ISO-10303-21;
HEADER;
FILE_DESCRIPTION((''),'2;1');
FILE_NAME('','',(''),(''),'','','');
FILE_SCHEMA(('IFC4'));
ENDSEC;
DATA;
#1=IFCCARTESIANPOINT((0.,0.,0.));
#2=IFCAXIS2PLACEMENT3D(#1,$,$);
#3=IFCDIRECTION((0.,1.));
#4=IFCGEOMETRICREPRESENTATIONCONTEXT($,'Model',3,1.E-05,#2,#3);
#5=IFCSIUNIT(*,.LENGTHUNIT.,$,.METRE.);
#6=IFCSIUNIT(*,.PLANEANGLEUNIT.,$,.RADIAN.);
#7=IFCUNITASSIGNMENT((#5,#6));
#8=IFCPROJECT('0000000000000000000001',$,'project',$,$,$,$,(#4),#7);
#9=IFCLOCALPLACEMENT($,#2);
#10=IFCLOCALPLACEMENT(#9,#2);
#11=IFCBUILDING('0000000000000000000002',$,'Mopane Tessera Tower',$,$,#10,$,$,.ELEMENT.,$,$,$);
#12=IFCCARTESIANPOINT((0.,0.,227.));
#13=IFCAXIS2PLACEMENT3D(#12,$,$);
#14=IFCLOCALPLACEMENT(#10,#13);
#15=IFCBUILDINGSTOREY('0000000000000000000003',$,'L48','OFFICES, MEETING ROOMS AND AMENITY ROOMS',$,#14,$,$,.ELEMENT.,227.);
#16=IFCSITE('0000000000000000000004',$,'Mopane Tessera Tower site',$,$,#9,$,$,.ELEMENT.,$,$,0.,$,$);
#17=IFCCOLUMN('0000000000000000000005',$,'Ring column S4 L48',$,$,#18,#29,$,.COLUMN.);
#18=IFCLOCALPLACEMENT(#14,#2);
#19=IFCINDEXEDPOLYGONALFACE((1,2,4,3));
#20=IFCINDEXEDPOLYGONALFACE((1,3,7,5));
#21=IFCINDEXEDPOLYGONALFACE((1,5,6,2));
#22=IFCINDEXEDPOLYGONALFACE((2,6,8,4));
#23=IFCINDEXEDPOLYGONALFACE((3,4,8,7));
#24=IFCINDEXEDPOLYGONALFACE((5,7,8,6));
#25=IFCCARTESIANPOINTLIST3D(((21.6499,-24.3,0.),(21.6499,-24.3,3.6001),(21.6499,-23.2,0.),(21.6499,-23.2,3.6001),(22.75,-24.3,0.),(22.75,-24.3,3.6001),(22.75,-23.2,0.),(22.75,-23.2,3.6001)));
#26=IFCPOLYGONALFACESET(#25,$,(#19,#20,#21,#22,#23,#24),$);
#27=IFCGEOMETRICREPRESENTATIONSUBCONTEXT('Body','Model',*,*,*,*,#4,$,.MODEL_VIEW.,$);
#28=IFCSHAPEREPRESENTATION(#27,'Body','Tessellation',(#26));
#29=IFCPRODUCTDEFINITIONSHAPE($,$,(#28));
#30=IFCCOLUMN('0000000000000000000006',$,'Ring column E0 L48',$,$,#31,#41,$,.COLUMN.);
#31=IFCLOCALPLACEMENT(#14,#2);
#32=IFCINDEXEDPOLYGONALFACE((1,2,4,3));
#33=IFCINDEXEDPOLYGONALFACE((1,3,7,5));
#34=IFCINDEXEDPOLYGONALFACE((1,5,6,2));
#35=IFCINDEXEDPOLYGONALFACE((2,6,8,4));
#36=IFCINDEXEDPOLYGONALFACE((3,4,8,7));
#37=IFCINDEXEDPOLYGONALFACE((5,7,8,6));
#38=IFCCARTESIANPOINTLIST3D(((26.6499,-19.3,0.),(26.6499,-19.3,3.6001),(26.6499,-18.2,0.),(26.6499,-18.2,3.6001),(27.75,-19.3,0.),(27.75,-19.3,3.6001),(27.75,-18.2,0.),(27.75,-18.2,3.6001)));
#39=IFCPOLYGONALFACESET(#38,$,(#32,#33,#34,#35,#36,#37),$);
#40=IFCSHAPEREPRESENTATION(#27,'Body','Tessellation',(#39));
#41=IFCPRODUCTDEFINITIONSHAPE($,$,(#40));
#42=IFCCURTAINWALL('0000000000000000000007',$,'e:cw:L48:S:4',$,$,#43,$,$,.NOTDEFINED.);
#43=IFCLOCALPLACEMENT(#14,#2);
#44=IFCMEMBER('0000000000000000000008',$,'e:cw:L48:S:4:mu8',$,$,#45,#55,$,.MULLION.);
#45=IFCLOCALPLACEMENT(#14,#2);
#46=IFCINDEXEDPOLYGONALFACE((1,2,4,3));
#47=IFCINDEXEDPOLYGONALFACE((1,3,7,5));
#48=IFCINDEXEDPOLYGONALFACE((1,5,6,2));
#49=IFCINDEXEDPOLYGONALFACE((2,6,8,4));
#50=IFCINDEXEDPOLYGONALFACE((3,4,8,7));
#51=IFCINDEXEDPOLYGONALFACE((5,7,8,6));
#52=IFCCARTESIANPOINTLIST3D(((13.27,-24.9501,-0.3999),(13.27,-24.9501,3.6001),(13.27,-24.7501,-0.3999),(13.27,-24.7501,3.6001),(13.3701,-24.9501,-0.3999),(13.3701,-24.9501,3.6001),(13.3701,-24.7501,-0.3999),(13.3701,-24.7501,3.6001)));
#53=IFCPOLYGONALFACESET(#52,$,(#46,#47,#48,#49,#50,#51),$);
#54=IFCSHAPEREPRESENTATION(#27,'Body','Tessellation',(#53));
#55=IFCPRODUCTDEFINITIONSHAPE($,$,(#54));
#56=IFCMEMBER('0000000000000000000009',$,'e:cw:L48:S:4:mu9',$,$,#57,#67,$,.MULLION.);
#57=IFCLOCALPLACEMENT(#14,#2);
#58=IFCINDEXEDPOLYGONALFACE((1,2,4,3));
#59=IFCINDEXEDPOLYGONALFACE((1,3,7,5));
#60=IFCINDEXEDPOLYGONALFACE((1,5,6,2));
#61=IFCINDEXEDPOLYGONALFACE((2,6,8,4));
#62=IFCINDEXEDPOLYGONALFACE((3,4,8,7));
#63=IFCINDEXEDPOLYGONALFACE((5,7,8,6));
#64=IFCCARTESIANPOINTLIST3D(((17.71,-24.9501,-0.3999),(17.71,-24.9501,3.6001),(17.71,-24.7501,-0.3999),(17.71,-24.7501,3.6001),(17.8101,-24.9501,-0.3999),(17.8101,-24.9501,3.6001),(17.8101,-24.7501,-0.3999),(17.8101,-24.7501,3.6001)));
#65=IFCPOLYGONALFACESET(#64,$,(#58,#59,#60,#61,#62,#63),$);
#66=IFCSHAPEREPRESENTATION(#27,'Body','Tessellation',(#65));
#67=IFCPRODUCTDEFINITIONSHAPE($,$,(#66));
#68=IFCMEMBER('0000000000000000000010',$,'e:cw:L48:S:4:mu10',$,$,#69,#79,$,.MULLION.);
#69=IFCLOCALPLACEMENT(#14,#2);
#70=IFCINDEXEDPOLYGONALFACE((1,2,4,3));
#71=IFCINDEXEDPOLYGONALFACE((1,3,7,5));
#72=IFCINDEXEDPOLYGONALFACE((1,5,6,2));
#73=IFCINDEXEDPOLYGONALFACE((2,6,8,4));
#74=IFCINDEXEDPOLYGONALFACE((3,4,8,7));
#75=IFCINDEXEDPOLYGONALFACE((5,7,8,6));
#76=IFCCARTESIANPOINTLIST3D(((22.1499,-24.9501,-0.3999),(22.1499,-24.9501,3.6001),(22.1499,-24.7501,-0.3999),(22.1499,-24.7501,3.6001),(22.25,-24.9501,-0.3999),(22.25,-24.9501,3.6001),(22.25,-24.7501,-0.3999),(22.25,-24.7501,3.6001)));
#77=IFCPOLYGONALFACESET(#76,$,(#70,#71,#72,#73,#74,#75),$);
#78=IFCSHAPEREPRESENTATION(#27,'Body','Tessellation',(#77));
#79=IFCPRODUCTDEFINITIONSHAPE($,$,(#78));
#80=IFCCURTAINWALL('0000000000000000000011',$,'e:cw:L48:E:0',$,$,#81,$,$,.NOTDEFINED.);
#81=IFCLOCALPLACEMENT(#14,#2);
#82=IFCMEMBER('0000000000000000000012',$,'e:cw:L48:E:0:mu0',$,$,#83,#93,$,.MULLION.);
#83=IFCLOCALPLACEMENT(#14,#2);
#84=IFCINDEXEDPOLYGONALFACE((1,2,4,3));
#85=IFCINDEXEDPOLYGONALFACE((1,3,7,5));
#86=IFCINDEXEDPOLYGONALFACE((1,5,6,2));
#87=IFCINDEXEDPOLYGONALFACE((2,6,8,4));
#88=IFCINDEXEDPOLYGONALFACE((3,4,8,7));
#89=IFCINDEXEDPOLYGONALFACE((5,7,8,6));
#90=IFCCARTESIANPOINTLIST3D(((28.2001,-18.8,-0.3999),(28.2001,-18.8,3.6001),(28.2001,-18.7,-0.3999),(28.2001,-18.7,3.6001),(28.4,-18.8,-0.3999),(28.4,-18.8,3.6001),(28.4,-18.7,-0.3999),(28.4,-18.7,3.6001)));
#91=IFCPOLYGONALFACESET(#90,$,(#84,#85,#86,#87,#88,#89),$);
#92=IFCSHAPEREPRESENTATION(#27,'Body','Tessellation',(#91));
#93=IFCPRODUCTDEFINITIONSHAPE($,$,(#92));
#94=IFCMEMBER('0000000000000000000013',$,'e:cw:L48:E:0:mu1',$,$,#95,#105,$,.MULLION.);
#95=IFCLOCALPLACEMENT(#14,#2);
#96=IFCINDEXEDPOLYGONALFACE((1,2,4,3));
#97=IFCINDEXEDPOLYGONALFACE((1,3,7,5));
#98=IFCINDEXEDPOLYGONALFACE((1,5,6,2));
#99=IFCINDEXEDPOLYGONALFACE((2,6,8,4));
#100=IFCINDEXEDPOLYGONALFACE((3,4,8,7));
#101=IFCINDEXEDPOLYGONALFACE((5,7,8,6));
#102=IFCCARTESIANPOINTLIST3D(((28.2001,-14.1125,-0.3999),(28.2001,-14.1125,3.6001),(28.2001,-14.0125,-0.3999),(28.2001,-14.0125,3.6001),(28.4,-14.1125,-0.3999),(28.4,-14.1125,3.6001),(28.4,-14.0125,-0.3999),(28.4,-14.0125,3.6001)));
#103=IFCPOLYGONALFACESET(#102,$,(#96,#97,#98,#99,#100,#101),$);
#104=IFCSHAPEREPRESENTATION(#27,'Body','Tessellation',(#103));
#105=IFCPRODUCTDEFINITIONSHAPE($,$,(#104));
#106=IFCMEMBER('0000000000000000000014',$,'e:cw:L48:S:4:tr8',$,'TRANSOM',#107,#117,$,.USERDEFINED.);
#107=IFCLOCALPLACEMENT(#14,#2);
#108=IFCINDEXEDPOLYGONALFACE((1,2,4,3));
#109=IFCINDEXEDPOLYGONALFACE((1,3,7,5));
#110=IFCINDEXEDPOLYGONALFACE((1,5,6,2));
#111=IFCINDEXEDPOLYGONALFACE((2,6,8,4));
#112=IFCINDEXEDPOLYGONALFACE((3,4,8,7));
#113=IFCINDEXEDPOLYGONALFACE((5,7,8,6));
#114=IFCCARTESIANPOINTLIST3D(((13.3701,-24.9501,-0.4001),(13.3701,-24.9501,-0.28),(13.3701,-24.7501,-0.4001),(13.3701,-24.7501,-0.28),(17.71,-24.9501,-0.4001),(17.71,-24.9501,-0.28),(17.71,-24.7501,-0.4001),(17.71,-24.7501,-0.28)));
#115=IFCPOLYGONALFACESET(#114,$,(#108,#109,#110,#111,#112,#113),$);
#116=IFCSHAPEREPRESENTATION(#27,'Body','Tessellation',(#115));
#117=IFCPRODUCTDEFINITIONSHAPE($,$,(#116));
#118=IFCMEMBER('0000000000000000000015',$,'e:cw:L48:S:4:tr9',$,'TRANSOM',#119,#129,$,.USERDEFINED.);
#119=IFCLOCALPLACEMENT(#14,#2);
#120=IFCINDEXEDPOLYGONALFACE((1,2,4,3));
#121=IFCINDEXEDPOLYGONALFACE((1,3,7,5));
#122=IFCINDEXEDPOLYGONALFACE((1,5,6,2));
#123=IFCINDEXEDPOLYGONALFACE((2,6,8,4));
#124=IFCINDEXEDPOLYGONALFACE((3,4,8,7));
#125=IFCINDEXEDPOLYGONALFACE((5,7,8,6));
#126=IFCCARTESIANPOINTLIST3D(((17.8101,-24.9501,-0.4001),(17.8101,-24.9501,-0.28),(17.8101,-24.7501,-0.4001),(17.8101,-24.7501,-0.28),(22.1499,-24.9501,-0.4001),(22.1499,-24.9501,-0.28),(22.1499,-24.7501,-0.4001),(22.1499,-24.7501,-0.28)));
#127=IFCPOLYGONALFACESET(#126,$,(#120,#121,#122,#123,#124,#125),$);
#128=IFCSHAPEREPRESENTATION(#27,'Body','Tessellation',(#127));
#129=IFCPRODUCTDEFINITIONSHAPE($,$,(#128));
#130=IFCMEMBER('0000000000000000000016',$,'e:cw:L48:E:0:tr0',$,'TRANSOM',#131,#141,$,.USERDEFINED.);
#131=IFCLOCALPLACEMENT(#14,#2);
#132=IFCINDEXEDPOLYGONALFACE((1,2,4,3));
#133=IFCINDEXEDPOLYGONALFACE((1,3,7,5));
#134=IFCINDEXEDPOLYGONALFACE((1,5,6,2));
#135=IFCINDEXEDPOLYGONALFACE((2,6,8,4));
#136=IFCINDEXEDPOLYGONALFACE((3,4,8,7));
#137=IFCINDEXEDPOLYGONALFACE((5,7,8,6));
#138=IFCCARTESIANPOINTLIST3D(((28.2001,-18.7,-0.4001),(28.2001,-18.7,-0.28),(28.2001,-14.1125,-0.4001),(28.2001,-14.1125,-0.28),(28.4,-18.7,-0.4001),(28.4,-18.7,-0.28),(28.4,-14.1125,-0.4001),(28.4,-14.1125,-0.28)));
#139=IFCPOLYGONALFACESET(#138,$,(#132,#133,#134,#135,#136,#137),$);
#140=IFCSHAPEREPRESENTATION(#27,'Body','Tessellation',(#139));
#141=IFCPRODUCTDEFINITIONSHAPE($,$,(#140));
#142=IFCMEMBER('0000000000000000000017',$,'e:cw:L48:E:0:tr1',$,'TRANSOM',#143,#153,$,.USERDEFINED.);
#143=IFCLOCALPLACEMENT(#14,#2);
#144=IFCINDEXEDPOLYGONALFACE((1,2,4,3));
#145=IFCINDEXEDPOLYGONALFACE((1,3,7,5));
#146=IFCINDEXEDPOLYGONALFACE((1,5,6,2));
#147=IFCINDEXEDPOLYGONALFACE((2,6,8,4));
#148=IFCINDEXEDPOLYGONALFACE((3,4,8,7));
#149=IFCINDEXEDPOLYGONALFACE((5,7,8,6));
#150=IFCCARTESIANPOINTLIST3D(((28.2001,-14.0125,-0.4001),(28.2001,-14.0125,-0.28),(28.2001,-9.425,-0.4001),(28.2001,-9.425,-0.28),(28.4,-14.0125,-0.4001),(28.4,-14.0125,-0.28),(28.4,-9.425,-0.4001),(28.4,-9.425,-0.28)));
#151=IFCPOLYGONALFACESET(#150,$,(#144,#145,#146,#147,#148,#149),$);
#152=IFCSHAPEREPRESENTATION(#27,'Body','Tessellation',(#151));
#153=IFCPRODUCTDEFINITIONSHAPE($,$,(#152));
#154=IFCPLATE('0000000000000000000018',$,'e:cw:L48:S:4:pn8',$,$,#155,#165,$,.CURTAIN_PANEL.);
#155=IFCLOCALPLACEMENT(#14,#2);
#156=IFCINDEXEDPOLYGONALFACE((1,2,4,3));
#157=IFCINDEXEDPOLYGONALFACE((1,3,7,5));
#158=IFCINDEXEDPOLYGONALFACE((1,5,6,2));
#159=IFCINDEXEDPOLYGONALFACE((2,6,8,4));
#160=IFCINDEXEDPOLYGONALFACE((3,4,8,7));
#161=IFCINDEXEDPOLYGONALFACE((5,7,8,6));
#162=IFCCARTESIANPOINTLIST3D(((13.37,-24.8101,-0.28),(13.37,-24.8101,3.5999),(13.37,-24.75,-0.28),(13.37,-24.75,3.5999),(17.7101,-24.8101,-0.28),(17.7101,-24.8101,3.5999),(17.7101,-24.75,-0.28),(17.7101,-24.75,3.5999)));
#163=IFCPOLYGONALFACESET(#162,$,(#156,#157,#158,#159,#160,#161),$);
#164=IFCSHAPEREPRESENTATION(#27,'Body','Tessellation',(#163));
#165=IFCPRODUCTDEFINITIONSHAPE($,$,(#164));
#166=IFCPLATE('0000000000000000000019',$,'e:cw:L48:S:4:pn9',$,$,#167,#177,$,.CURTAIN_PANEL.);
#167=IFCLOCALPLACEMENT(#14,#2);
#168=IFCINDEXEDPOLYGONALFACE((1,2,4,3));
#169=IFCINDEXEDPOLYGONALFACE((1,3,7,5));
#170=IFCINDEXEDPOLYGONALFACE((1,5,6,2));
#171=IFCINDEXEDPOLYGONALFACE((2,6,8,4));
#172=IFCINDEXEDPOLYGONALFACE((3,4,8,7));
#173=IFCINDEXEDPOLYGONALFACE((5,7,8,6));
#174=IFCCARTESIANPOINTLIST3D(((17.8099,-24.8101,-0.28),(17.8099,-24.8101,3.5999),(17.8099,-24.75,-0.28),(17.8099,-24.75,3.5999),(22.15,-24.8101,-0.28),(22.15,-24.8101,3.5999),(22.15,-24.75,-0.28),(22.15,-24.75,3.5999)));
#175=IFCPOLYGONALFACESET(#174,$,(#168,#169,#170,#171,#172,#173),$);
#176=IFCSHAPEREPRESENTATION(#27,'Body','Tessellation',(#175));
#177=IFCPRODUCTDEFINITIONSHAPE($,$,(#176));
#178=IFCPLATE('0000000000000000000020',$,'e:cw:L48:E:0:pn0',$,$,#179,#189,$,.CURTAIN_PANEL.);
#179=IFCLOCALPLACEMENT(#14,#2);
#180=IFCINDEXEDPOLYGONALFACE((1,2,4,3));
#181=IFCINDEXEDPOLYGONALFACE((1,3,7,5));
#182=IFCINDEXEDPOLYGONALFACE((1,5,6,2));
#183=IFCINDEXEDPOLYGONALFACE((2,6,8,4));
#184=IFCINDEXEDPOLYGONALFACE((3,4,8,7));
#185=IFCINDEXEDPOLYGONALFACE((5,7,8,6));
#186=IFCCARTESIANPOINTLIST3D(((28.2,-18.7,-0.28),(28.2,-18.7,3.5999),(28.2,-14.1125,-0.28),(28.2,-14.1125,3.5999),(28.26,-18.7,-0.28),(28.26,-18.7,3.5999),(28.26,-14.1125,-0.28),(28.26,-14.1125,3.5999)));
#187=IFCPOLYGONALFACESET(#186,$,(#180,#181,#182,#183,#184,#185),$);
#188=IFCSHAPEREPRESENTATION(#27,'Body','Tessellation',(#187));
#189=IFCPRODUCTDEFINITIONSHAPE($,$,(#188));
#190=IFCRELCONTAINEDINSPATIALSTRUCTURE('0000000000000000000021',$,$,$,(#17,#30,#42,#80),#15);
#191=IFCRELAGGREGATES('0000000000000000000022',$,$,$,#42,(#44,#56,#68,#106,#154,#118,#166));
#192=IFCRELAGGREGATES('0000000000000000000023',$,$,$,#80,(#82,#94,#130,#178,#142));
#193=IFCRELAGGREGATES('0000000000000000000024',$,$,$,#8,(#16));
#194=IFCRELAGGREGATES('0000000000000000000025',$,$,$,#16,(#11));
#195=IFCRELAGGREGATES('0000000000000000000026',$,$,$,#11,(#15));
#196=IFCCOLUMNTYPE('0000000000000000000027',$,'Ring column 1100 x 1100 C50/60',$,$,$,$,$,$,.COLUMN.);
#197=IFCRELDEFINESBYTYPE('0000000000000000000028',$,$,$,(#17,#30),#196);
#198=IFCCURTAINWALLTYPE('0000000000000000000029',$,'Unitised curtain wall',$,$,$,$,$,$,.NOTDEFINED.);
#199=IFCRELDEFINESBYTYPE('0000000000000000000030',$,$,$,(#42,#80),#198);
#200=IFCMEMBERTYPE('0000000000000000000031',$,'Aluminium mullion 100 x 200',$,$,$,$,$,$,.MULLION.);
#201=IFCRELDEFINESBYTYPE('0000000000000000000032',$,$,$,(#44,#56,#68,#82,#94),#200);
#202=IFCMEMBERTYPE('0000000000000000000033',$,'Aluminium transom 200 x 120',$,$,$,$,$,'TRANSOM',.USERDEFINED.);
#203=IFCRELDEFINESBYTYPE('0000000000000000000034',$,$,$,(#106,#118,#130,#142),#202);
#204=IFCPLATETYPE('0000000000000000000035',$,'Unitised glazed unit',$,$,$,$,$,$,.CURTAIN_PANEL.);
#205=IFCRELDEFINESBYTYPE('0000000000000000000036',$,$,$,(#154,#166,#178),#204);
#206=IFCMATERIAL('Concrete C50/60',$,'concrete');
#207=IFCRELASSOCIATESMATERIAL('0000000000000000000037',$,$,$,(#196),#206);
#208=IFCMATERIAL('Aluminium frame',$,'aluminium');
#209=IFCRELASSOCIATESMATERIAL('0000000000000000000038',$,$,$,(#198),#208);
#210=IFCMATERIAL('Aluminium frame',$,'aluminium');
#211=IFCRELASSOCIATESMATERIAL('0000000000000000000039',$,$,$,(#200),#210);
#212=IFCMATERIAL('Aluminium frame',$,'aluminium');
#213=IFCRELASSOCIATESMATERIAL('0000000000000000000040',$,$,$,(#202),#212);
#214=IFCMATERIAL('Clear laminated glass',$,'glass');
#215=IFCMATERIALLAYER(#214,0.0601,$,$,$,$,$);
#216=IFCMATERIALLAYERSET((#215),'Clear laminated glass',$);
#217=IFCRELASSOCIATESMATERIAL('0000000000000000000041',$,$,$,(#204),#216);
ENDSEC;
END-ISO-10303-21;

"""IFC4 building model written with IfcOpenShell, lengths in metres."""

from ifc_helpers import new_model, si_unit, direction, frame, origin, origin_2d, place, context, subcontext, project, spatial, rectangle, extrude, material, layer, layer_set, material_profile, profile_set, type_object, element, aggregate, save


model = new_model("IFC4")

# Units and contexts
model_context = context("Model", 3, precision=1e-05, world=origin(), true_north=direction((0.0, 1.0)))
body_context = subcontext(model_context, "Body", "Model", "MODEL_VIEW")
ifc_project = project(units=[si_unit("LENGTHUNIT", "METRE"), si_unit("PLANEANGLEUNIT", "RADIAN")], contexts=[model_context])

# Site, building, storey
site_placement = place(None, origin())
site = spatial("IfcSite", under=ifc_project, at=site_placement, Name="Mopane Tessera Tower site", CompositionType="ELEMENT", RefElevation=0.0)
building_placement = place(site_placement, origin())
building = spatial("IfcBuilding", under=site, at=building_placement, Name="Mopane Tessera Tower", CompositionType="ELEMENT")
storey_placement = place(building_placement, frame((0.0, 0.0, 227.0)))
storey = spatial("IfcBuildingStorey", under=building, at=storey_placement, Name="L48", Description="OFFICES, MEETING ROOMS AND AMENITY ROOMS", CompositionType="ELEMENT", Elevation=227.0)

# Columns
ifc_material_1 = material(Name="Concrete C50/60", Category="concrete")
ifc_material_profile_1 = material_profile(ifc_material_1, rectangle(XDim=1.1001, YDim=1.1001, at=origin_2d()))
ifc_profile_set_1 = profile_set([ifc_material_profile_1], Name="Concrete C50/60")
column_type = type_object("IfcColumnType", Name="Ring column 1100 x 1100 C50/60", PredefinedType="COLUMN", material=ifc_profile_set_1)
for number, where, z_axis, x_axis, name in (
    (1, (22.2, -23.75, 0.0), (0.0, 0.0, 1.0), (1.0, 0.0, 0.0), "Ring column S4 L48"),
    (2, (27.2, -18.75, 0.0), (0.0, 0.0, 1.0), (1.0, 0.0, 0.0), "Ring column E0 L48"),
):
    element("IfcColumn", number, at=place(storey_placement, frame(where, z_axis=z_axis, x_axis=x_axis)), inside=storey, type_object=column_type, Name=name, PredefinedType="COLUMN", context=body_context, shape_type="SweptSolid", body=[
        extrude(rectangle(XDim=1.1001, YDim=1.1001, at=origin_2d()), origin(), (0.0, 0.0, 1.0), 3.6001),
    ])

# Curtain walls, members
ifc_material_2 = material(Name="Aluminium frame", Category="aluminium")
curtain_wall_type = type_object("IfcCurtainWallType", Name="Unitised curtain wall", PredefinedType="NOTDEFINED", material=ifc_material_2)
curtain_wall_1_placement = place(storey_placement, origin())
curtain_wall_1 = element("IfcCurtainWall", 3, at=curtain_wall_1_placement, inside=storey, type_object=curtain_wall_type, Name="e:cw:L48:S:4", PredefinedType="NOTDEFINED")
ifc_material_3 = material(Name="Aluminium frame", Category="aluminium")
ifc_material_profile_2 = material_profile(ifc_material_3, rectangle(XDim=0.1001, YDim=0.2, at=origin_2d()))
ifc_profile_set_2 = profile_set([ifc_material_profile_2], Name="Aluminium frame")
member_type_1 = type_object("IfcMemberType", Name="Aluminium mullion 100 x 200", PredefinedType="MULLION", material=ifc_profile_set_2)
member_1_placement = place(storey_placement, frame((13.3201, -24.8501, -0.3999), z_axis=(0.0, 0.0, 1.0), x_axis=(1.0, 0.0, 0.0)))
member_1 = element("IfcMember", 4, at=member_1_placement, type_object=member_type_1, Name="e:cw:L48:S:4:mu8", PredefinedType="MULLION", context=body_context, shape_type="SweptSolid", body=[
    extrude(rectangle(XDim=0.1001, YDim=0.2, at=origin_2d()), origin(), (0.0, 0.0, 1.0), 4.0),
])
member_2_placement = place(storey_placement, frame((17.76, -24.8501, -0.3999), z_axis=(0.0, 0.0, 1.0), x_axis=(1.0, 0.0, 0.0)))
member_2 = element("IfcMember", 5, at=member_2_placement, type_object=member_type_1, Name="e:cw:L48:S:4:mu9", PredefinedType="MULLION", context=body_context, shape_type="SweptSolid", body=[
    extrude(rectangle(XDim=0.1001, YDim=0.2, at=origin_2d()), origin(), (0.0, 0.0, 1.0), 4.0),
])
member_3_placement = place(storey_placement, frame((22.2, -24.8501, -0.3999), z_axis=(0.0, 0.0, 1.0), x_axis=(1.0, 0.0, 0.0)))
member_3 = element("IfcMember", 6, at=member_3_placement, type_object=member_type_1, Name="e:cw:L48:S:4:mu10", PredefinedType="MULLION", context=body_context, shape_type="SweptSolid", body=[
    extrude(rectangle(XDim=0.1001, YDim=0.2, at=origin_2d()), origin(), (0.0, 0.0, 1.0), 4.0),
])
curtain_wall_2_placement = place(storey_placement, origin())
curtain_wall_2 = element("IfcCurtainWall", 7, at=curtain_wall_2_placement, inside=storey, type_object=curtain_wall_type, Name="e:cw:L48:E:0", PredefinedType="NOTDEFINED")
member_4_placement = place(storey_placement, frame((28.3, -18.75, -0.3999), z_axis=(0.0, 0.0, 1.0), x_axis=(0.0, 1.0, 0.0)))
member_4 = element("IfcMember", 8, at=member_4_placement, type_object=member_type_1, Name="e:cw:L48:E:0:mu0", PredefinedType="MULLION", context=body_context, shape_type="SweptSolid", body=[
    extrude(rectangle(XDim=0.1001, YDim=0.2, at=origin_2d()), origin(), (0.0, 0.0, 1.0), 4.0),
])
member_5_placement = place(storey_placement, frame((28.3, -14.0625, -0.3999), z_axis=(0.0, 0.0, 1.0), x_axis=(0.0, 1.0, 0.0)))
member_5 = element("IfcMember", 9, at=member_5_placement, type_object=member_type_1, Name="e:cw:L48:E:0:mu1", PredefinedType="MULLION", context=body_context, shape_type="SweptSolid", body=[
    extrude(rectangle(XDim=0.1001, YDim=0.2, at=origin_2d()), origin(), (0.0, 0.0, 1.0), 4.0),
])

# Members
ifc_material_4 = material(Name="Aluminium frame", Category="aluminium")
ifc_material_profile_3 = material_profile(ifc_material_4, rectangle(XDim=0.2, YDim=0.1201, at=origin_2d()))
ifc_profile_set_3 = profile_set([ifc_material_profile_3], Name="Aluminium frame")
member_type_2 = type_object("IfcMemberType", Name="Aluminium transom 200 x 120", ElementType="TRANSOM", PredefinedType="USERDEFINED", material=ifc_profile_set_3)
member_6_placement = place(storey_placement, frame((13.3701, -24.8501, -0.3401), z_axis=(1.0, 0.0, 0.0), x_axis=(0.0, 1.0, 0.0)))
member_6 = element("IfcMember", 10, at=member_6_placement, type_object=member_type_2, Name="e:cw:L48:S:4:tr8", ObjectType="TRANSOM", PredefinedType="USERDEFINED", context=body_context, shape_type="SweptSolid", body=[
    extrude(rectangle(XDim=0.2, YDim=0.1201, at=origin_2d()), origin(), (0.0, 0.0, 1.0), 4.3398),
])
member_7_placement = place(storey_placement, frame((17.8101, -24.8501, -0.3401), z_axis=(1.0, 0.0, 0.0), x_axis=(0.0, 1.0, 0.0)))
member_7 = element("IfcMember", 11, at=member_7_placement, type_object=member_type_2, Name="e:cw:L48:S:4:tr9", ObjectType="TRANSOM", PredefinedType="USERDEFINED", context=body_context, shape_type="SweptSolid", body=[
    extrude(rectangle(XDim=0.2, YDim=0.1201, at=origin_2d()), origin(), (0.0, 0.0, 1.0), 4.3398),
])
member_8_placement = place(storey_placement, frame((28.3, -18.7, -0.3401), z_axis=(0.0, 1.0, 0.0), x_axis=(-1.0, 0.0, 0.0)))
member_8 = element("IfcMember", 12, at=member_8_placement, type_object=member_type_2, Name="e:cw:L48:E:0:tr0", ObjectType="TRANSOM", PredefinedType="USERDEFINED", context=body_context, shape_type="SweptSolid", body=[
    extrude(rectangle(XDim=0.2, YDim=0.1201, at=origin_2d()), origin(), (0.0, 0.0, 1.0), 4.5874),
])
member_9_placement = place(storey_placement, frame((28.3, -14.0125, -0.3401), z_axis=(0.0, 1.0, 0.0), x_axis=(-1.0, 0.0, 0.0)))
member_9 = element("IfcMember", 13, at=member_9_placement, type_object=member_type_2, Name="e:cw:L48:E:0:tr1", ObjectType="TRANSOM", PredefinedType="USERDEFINED", context=body_context, shape_type="SweptSolid", body=[
    extrude(rectangle(XDim=0.2, YDim=0.1201, at=origin_2d()), origin(), (0.0, 0.0, 1.0), 4.5874),
])

# Plates
ifc_material_5 = material(Name="Clear laminated glass", Category="glass")
ifc_layer_1 = layer(ifc_material_5, 0.0601)
ifc_layer_set_1 = layer_set([ifc_layer_1], Name="Clear laminated glass")
plate_type = type_object("IfcPlateType", Name="Unitised glazed unit", PredefinedType="CURTAIN_PANEL", material=ifc_layer_set_1)
plate_1_placement = place(storey_placement, frame((15.54, -24.78, -0.28), z_axis=(0.0, 0.0, 1.0), x_axis=(1.0, 0.0, 0.0)))
plate_1 = element("IfcPlate", 14, at=plate_1_placement, type_object=plate_type, Name="e:cw:L48:S:4:pn8", PredefinedType="CURTAIN_PANEL", context=body_context, shape_type="SweptSolid", body=[
    extrude(rectangle(XDim=4.3401, YDim=0.0601, at=origin_2d()), origin(), (0.0, 0.0, 1.0), 3.8799),
])
plate_2_placement = place(storey_placement, frame((19.98, -24.78, -0.28), z_axis=(0.0, 0.0, 1.0), x_axis=(1.0, 0.0, 0.0)))
plate_2 = element("IfcPlate", 15, at=plate_2_placement, type_object=plate_type, Name="e:cw:L48:S:4:pn9", PredefinedType="CURTAIN_PANEL", context=body_context, shape_type="SweptSolid", body=[
    extrude(rectangle(XDim=4.3401, YDim=0.0601, at=origin_2d()), origin(), (0.0, 0.0, 1.0), 3.8799),
])
aggregate(curtain_wall_1, [member_1, member_2, member_3, member_6, plate_1, member_7, plate_2])
plate_3_placement = place(storey_placement, frame((28.23, -16.4062, -0.28), z_axis=(0.0, 0.0, 1.0), x_axis=(0.0, 1.0, 0.0)))
plate_3 = element("IfcPlate", 16, at=plate_3_placement, type_object=plate_type, Name="e:cw:L48:E:0:pn0", PredefinedType="CURTAIN_PANEL", context=body_context, shape_type="SweptSolid", body=[
    extrude(rectangle(XDim=4.5874, YDim=0.0601, at=origin_2d()), origin(), (0.0, 0.0, 1.0), 3.8799),
])
aggregate(curtain_wall_2, [member_4, member_5, member_8, plate_3, member_9])

save(model, "model.ifc")
